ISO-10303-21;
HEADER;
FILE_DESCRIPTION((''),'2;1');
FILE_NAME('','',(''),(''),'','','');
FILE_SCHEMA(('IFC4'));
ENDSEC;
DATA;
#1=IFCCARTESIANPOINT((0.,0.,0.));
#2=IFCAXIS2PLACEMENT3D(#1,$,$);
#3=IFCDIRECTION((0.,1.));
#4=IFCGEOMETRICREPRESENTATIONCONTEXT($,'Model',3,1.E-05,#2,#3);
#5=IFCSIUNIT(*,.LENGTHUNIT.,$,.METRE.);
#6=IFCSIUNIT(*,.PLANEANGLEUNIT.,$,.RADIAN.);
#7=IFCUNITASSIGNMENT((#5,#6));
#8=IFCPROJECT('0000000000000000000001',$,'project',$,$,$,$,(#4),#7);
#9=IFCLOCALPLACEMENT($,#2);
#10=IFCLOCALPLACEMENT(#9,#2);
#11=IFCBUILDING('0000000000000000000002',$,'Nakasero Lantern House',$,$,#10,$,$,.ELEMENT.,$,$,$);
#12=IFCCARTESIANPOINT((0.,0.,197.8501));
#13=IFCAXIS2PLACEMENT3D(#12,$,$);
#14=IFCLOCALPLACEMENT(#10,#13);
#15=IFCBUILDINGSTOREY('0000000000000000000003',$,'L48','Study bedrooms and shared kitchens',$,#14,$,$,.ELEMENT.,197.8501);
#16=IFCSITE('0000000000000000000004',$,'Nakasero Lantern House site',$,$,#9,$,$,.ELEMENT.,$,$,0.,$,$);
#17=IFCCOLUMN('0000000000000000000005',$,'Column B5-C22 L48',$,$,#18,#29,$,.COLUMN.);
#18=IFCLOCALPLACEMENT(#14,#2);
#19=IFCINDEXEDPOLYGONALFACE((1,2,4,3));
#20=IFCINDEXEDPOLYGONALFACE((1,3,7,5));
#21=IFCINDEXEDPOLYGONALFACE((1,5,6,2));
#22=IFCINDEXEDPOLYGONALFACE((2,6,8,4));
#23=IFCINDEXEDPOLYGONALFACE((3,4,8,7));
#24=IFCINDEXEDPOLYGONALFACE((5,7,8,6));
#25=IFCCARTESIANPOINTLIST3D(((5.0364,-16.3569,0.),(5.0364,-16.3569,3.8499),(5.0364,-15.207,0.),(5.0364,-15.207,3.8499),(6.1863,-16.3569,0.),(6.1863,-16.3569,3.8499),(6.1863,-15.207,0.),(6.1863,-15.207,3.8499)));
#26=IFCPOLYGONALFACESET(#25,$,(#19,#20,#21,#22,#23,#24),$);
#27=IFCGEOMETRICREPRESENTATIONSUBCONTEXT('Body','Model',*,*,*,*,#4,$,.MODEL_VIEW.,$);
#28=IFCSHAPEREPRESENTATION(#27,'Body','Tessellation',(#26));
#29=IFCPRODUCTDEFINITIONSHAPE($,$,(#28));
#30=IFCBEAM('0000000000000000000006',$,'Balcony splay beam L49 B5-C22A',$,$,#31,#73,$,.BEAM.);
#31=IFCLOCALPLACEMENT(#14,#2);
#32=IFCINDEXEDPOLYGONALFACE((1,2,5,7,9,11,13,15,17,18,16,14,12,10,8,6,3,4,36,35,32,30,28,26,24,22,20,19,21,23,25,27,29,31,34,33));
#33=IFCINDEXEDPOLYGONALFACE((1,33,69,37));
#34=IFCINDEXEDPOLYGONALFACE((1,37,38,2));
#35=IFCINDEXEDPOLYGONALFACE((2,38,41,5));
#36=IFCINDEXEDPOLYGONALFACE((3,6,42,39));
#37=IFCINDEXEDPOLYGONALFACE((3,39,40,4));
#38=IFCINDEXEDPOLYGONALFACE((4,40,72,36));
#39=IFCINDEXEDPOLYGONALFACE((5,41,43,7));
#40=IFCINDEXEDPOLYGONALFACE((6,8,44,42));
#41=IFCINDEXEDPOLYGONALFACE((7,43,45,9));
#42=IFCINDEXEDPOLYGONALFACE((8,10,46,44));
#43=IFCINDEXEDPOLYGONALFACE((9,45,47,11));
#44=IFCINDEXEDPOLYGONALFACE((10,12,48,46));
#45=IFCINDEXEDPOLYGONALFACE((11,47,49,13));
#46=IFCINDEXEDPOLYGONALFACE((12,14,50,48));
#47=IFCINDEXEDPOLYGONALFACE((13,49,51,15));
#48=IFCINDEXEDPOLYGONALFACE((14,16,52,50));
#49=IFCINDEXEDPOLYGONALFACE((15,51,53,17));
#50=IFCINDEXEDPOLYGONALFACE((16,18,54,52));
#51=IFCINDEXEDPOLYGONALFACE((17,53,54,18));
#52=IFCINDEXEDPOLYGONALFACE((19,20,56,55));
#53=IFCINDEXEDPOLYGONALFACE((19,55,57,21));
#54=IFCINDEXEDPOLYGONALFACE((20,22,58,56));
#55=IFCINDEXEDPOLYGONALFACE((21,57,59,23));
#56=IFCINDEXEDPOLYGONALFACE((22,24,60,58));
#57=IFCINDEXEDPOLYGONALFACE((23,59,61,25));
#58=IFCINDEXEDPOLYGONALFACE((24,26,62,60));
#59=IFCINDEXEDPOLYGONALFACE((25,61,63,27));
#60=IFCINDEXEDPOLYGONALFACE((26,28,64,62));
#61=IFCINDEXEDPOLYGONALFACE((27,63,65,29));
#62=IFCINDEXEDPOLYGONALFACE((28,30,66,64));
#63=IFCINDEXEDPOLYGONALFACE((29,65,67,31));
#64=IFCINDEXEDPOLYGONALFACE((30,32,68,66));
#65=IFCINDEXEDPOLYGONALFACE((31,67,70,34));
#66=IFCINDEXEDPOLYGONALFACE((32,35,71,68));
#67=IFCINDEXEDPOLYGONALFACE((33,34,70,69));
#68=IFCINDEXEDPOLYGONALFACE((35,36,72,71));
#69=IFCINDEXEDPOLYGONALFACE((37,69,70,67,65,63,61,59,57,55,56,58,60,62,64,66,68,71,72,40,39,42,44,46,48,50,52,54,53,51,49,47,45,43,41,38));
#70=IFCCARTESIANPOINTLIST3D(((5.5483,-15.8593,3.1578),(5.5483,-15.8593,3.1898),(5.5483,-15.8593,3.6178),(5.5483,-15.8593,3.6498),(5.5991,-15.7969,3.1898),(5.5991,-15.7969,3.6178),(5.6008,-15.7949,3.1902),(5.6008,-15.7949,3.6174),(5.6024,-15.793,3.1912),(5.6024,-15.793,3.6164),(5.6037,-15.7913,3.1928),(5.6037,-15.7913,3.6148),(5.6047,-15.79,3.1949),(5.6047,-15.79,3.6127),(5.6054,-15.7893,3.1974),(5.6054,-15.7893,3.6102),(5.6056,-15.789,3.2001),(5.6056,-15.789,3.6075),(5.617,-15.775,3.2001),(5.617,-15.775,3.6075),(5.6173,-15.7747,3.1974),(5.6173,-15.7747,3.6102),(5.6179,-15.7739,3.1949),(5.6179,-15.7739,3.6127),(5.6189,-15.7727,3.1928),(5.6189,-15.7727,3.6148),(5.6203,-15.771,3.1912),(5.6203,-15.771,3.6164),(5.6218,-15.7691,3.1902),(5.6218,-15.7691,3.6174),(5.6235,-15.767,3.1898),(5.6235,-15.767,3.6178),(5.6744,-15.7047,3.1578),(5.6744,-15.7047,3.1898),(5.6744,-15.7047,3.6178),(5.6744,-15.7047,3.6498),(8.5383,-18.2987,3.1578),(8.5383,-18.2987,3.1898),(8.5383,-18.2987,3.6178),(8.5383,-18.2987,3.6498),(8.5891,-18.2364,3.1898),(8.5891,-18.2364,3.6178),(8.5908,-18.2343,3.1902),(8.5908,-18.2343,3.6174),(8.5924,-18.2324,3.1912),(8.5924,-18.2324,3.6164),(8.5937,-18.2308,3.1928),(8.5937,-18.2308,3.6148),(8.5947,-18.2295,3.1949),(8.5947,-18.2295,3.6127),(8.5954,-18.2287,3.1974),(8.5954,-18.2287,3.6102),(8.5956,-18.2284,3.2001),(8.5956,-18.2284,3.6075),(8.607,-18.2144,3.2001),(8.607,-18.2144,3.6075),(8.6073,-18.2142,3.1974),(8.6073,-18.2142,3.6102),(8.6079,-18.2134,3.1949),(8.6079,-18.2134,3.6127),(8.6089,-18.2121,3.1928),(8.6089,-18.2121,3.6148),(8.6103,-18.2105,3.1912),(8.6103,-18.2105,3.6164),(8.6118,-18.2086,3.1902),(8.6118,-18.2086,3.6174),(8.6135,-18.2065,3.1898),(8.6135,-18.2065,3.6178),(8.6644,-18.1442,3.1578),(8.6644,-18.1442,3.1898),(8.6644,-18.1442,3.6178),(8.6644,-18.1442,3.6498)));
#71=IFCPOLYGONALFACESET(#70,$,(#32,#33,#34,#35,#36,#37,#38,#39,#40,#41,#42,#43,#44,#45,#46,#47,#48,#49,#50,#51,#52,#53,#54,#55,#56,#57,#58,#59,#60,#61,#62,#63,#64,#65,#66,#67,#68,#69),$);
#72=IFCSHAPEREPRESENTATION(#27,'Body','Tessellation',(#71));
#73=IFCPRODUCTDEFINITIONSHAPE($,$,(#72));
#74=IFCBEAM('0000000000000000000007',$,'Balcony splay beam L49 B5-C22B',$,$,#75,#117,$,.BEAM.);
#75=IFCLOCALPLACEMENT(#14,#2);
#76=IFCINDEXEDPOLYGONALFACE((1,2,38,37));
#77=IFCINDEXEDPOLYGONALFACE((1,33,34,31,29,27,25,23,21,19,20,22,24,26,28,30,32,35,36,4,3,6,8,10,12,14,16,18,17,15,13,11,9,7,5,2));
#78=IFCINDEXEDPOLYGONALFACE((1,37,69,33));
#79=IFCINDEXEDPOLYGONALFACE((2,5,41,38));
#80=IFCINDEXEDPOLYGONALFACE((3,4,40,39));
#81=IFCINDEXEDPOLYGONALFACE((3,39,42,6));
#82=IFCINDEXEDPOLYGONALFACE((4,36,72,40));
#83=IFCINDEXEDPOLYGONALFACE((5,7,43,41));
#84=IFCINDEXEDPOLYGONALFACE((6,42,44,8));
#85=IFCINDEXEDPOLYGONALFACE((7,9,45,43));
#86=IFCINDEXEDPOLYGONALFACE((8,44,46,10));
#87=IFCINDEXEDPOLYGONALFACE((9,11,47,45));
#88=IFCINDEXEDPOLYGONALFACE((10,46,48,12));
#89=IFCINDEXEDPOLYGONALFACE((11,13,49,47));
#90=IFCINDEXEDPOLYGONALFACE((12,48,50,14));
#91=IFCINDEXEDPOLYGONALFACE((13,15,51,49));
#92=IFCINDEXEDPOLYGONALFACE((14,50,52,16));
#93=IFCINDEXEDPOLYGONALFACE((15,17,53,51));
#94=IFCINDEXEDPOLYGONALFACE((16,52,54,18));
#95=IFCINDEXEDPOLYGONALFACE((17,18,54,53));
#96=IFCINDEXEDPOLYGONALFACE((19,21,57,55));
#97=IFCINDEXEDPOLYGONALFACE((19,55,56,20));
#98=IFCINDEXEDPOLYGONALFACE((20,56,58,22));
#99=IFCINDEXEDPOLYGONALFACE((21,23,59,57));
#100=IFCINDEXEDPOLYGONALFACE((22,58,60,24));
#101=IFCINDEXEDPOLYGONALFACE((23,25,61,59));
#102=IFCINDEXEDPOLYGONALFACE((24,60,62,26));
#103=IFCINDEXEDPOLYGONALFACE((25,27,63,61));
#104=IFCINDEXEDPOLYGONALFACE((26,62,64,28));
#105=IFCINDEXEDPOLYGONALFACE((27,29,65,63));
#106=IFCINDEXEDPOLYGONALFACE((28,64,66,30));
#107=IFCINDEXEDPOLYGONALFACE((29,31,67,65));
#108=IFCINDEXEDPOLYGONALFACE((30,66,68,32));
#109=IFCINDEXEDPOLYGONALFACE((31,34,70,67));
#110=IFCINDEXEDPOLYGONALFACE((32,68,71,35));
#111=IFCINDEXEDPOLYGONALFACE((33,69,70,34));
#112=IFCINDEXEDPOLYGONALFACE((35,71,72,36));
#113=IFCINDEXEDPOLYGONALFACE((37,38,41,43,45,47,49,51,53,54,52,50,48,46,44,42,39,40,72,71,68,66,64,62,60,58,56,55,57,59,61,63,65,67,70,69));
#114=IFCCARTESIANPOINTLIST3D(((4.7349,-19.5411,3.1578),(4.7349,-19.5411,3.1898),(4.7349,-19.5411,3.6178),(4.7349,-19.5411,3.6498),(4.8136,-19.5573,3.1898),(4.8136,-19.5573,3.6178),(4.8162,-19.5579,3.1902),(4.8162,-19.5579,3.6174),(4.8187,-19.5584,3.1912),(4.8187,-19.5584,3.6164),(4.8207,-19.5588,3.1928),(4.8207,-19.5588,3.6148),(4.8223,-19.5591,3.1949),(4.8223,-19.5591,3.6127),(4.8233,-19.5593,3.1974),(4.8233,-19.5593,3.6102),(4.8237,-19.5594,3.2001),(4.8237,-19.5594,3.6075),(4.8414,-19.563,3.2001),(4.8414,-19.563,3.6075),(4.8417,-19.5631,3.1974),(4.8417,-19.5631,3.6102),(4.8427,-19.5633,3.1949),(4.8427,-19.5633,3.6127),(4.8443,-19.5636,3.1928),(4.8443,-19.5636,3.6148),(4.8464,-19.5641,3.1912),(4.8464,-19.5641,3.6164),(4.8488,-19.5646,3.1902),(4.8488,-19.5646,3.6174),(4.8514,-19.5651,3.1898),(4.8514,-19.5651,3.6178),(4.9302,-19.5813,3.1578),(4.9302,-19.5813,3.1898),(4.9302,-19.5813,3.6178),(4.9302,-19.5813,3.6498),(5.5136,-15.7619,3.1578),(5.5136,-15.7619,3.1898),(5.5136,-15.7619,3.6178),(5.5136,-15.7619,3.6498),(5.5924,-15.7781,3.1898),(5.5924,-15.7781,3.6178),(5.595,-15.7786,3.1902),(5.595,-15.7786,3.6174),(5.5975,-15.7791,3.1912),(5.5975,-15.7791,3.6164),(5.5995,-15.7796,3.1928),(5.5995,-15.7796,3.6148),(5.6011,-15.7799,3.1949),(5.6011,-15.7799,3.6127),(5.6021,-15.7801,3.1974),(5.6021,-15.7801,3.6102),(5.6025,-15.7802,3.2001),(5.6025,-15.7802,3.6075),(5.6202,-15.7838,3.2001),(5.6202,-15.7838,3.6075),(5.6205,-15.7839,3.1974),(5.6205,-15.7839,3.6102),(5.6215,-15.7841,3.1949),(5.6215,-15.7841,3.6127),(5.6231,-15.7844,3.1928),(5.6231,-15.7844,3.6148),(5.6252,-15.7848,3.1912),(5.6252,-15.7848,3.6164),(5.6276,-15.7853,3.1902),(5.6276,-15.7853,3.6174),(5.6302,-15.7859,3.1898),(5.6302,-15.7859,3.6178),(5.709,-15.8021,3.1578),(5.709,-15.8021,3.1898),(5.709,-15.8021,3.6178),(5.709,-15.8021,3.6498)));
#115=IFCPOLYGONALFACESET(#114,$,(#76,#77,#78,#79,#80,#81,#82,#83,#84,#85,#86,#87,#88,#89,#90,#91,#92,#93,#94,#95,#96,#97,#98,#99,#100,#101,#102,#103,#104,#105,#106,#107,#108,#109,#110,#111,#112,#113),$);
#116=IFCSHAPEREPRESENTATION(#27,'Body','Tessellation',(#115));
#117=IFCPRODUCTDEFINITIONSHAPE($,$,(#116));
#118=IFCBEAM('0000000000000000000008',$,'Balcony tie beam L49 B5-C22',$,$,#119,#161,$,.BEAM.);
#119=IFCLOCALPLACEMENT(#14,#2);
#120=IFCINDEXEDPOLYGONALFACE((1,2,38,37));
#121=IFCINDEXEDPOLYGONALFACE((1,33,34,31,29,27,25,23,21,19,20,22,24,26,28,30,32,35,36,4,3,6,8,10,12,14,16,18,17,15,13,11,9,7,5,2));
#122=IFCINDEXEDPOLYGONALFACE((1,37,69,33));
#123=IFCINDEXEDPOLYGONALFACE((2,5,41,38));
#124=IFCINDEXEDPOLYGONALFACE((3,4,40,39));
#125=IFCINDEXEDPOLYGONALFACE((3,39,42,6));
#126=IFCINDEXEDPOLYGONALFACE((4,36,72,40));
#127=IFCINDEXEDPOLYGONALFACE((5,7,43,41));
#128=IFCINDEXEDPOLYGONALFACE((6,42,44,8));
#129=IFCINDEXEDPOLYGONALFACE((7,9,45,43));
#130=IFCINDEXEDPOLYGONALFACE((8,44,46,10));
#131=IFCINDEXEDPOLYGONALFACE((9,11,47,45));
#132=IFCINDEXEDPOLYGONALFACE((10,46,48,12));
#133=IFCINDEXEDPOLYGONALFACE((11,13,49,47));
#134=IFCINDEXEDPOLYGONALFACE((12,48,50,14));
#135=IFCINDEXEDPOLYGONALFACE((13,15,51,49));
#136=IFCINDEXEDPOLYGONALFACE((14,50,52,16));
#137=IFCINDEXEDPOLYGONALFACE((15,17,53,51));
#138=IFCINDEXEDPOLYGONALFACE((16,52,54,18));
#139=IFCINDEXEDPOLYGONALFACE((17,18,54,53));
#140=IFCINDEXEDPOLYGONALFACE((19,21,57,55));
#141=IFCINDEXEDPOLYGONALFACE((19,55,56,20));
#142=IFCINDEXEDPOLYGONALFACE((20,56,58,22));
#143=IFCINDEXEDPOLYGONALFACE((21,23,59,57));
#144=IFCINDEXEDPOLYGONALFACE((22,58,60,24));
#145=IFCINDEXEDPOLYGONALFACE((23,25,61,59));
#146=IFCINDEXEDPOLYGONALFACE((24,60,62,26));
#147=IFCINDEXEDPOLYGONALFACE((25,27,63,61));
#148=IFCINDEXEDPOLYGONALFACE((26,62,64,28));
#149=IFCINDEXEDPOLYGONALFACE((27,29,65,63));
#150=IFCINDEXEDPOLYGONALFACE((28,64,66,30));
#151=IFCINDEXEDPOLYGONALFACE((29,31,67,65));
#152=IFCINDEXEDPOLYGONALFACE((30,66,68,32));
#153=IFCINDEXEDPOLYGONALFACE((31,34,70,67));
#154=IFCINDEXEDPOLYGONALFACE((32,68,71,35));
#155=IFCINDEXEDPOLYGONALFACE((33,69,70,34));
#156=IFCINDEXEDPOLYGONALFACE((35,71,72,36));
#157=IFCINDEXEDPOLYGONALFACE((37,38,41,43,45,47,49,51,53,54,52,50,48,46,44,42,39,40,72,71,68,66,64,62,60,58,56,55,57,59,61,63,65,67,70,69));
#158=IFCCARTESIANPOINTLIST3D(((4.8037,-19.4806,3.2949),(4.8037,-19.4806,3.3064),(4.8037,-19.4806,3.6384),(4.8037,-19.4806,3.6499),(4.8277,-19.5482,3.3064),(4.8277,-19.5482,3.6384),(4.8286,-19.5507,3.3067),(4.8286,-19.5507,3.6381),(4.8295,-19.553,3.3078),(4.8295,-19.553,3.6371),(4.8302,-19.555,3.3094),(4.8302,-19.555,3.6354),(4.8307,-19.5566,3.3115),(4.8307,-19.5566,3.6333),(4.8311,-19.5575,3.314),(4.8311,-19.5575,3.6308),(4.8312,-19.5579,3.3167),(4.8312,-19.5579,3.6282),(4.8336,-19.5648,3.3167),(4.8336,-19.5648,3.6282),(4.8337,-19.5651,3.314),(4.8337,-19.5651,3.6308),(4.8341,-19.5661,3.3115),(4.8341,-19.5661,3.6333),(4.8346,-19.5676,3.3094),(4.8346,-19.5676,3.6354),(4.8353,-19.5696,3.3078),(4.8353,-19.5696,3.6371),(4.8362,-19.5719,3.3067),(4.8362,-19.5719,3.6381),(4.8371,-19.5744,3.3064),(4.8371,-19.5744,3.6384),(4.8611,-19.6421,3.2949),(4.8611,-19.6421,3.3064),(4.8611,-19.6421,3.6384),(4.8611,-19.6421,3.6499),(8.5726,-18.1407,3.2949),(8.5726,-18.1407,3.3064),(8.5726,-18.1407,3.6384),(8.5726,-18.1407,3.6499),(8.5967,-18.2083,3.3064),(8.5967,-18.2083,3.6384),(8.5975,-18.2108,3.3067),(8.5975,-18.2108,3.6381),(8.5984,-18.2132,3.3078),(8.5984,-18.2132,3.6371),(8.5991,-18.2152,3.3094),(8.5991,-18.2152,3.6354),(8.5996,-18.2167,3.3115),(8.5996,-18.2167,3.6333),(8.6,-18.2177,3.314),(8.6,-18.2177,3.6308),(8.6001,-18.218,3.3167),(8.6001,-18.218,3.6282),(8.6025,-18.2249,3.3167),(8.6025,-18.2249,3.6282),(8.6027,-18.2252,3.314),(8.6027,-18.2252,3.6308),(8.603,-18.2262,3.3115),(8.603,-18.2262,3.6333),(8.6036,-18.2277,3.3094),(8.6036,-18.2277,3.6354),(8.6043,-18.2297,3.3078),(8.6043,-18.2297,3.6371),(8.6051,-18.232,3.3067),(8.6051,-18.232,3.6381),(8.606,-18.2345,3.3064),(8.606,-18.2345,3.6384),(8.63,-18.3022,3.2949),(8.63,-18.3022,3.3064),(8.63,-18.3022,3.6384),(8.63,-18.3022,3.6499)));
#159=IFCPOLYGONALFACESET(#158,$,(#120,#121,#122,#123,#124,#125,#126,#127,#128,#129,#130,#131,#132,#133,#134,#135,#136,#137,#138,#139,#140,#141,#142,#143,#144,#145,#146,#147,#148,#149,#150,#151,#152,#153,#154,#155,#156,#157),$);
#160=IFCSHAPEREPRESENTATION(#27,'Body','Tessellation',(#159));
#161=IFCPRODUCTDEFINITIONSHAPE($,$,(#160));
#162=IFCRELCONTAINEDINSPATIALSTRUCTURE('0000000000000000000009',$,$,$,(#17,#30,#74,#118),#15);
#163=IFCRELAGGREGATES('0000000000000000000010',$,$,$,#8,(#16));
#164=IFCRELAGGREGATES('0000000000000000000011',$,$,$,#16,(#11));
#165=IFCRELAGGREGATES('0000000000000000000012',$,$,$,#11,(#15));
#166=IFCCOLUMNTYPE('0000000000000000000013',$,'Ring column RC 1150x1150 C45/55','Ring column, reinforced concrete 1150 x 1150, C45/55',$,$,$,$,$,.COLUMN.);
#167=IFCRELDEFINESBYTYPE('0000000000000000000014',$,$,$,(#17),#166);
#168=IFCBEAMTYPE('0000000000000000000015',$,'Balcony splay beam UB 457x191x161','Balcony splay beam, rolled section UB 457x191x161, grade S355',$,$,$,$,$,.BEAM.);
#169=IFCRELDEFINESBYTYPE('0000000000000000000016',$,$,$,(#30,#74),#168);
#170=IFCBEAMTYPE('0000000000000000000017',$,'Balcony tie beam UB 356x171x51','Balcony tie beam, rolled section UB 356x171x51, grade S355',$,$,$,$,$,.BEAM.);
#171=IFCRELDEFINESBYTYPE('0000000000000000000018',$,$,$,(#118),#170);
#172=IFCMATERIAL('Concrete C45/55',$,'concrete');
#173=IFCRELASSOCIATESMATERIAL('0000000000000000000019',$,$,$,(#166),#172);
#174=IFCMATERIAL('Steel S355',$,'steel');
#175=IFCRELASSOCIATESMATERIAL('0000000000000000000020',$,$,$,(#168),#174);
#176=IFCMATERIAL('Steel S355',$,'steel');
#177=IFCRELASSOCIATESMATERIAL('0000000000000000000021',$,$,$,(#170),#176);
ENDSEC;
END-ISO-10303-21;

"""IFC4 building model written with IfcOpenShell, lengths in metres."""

from ifc_helpers import new_model, si_unit, direction, frame, origin, origin_2d, place, context, subcontext, project, spatial, rectangle, i_section, extrude, material, material_profile, profile_set, type_object, element, save


model = new_model("IFC4")

# Units and contexts
model_context = context("Model", 3, precision=1e-05, world=origin(), true_north=direction((0.0, 1.0)))
body_context = subcontext(model_context, "Body", "Model", "MODEL_VIEW")
ifc_project = project(units=[si_unit("LENGTHUNIT", "METRE"), si_unit("PLANEANGLEUNIT", "RADIAN")], contexts=[model_context])

# Site, building, storey
site_placement = place(None, origin())
site = spatial("IfcSite", under=ifc_project, at=site_placement, Name="Nakasero Lantern House site", CompositionType="ELEMENT", RefElevation=0.0)
building_placement = place(site_placement, origin())
building = spatial("IfcBuilding", under=site, at=building_placement, Name="Nakasero Lantern House", CompositionType="ELEMENT")
storey_placement = place(building_placement, frame((0.0, 0.0, 197.8501)))
storey = spatial("IfcBuildingStorey", under=building, at=storey_placement, Name="L48", Description="Study bedrooms and shared kitchens", CompositionType="ELEMENT", Elevation=197.8501)

# Column
ifc_material_1 = material(Name="Concrete C45/55", Category="concrete")
ifc_material_profile_1 = material_profile(ifc_material_1, rectangle(XDim=1.1499, YDim=1.1499, at=origin_2d()), Name="RC 1150x1150")
ifc_profile_set_1 = profile_set([ifc_material_profile_1], Name="Concrete C45/55")
column_type = type_object("IfcColumnType", Name="Ring column RC 1150x1150 C45/55", Description="Ring column, reinforced concrete 1150 x 1150, C45/55", PredefinedType="COLUMN", material=ifc_profile_set_1)
column_placement = place(storey_placement, frame((5.6113, -15.782, 0.0), z_axis=(0.0, 0.0, 1.0), x_axis=(1.0, 0.0, 0.0)))
element("IfcColumn", 1, at=column_placement, inside=storey, type_object=column_type, Name="Column B5-C22 L48", PredefinedType="COLUMN", context=body_context, shape_type="SweptSolid", body=[
    extrude(rectangle(XDim=1.1499, YDim=1.1499, at=origin_2d()), origin(), (0.0, 0.0, 1.0), 3.8499),
])

# Beams
ifc_material_2 = material(Name="Steel S355", Category="steel")
ifc_material_profile_2 = material_profile(ifc_material_2, i_section(OverallWidth=0.1995, OverallDepth=0.4919, WebThickness=0.0181, FlangeThickness=0.032, FilletRadius=0.0103, at=origin_2d()), Name="UB 457x191x161")
ifc_profile_set_2 = profile_set([ifc_material_profile_2], Name="Steel S355")
beam_type_1 = type_object("IfcBeamType", Name="Balcony splay beam UB 457x191x161", Description="Balcony splay beam, rolled section UB 457x191x161, grade S355", PredefinedType="BEAM", material=ifc_profile_set_2)
beam_1_placement = place(storey_placement, frame((5.6113, -15.782, 3.4038), z_axis=(0.774833, -0.632166, 0.0), x_axis=(0.632166, 0.774833, 0.0)))
element("IfcBeam", 2, at=beam_1_placement, inside=storey, type_object=beam_type_1, Name="Balcony splay beam L49 B5-C22A", PredefinedType="BEAM", context=body_context, shape_type="SweptSolid", body=[
    extrude(i_section(OverallWidth=0.1995, OverallDepth=0.4919, WebThickness=0.0181, FlangeThickness=0.032, FilletRadius=0.0103, at=origin_2d()), origin(), (0.0, 0.0, 1.0), 3.8589),
])
beam_2_placement = place(storey_placement, frame((5.6113, -15.782, 3.4038), z_axis=(-0.201831, -0.97942, 0.0), x_axis=(0.97942, -0.201831, 0.0)))
element("IfcBeam", 3, at=beam_2_placement, inside=storey, type_object=beam_type_1, Name="Balcony splay beam L49 B5-C22B", PredefinedType="BEAM", context=body_context, shape_type="SweptSolid", body=[
    extrude(i_section(OverallWidth=0.1995, OverallDepth=0.4919, WebThickness=0.0181, FlangeThickness=0.032, FilletRadius=0.0103, at=origin_2d()), origin(), (0.0, 0.0, 1.0), 3.8586),
])
ifc_material_3 = material(Name="Steel S355", Category="steel")
ifc_material_profile_3 = material_profile(ifc_material_3, i_section(OverallWidth=0.1714, OverallDepth=0.355, WebThickness=0.0073, FlangeThickness=0.0115, FilletRadius=0.0103, at=origin_2d()), Name="UB 356x171x51")
ifc_profile_set_3 = profile_set([ifc_material_profile_3], Name="Steel S355")
beam_type_2 = type_object("IfcBeamType", Name="Balcony tie beam UB 356x171x51", Description="Balcony tie beam, rolled section UB 356x171x51, grade S355", PredefinedType="BEAM", material=ifc_profile_set_3)
beam_3_placement = place(storey_placement, frame((8.6013, -18.2214, 3.4724), z_axis=(-0.942228, -0.334971, 0.0), x_axis=(0.334971, -0.942228, 0.0)))
element("IfcBeam", 4, at=beam_3_placement, inside=storey, type_object=beam_type_2, Name="Balcony tie beam L49 B5-C22", PredefinedType="BEAM", context=body_context, shape_type="SweptSolid", body=[
    extrude(i_section(OverallWidth=0.1714, OverallDepth=0.355, WebThickness=0.0073, FlangeThickness=0.0115, FilletRadius=0.0103, at=origin_2d()), origin(), (0.0, 0.0, 1.0), 4.0),
])

save(model, "model.ifc")
